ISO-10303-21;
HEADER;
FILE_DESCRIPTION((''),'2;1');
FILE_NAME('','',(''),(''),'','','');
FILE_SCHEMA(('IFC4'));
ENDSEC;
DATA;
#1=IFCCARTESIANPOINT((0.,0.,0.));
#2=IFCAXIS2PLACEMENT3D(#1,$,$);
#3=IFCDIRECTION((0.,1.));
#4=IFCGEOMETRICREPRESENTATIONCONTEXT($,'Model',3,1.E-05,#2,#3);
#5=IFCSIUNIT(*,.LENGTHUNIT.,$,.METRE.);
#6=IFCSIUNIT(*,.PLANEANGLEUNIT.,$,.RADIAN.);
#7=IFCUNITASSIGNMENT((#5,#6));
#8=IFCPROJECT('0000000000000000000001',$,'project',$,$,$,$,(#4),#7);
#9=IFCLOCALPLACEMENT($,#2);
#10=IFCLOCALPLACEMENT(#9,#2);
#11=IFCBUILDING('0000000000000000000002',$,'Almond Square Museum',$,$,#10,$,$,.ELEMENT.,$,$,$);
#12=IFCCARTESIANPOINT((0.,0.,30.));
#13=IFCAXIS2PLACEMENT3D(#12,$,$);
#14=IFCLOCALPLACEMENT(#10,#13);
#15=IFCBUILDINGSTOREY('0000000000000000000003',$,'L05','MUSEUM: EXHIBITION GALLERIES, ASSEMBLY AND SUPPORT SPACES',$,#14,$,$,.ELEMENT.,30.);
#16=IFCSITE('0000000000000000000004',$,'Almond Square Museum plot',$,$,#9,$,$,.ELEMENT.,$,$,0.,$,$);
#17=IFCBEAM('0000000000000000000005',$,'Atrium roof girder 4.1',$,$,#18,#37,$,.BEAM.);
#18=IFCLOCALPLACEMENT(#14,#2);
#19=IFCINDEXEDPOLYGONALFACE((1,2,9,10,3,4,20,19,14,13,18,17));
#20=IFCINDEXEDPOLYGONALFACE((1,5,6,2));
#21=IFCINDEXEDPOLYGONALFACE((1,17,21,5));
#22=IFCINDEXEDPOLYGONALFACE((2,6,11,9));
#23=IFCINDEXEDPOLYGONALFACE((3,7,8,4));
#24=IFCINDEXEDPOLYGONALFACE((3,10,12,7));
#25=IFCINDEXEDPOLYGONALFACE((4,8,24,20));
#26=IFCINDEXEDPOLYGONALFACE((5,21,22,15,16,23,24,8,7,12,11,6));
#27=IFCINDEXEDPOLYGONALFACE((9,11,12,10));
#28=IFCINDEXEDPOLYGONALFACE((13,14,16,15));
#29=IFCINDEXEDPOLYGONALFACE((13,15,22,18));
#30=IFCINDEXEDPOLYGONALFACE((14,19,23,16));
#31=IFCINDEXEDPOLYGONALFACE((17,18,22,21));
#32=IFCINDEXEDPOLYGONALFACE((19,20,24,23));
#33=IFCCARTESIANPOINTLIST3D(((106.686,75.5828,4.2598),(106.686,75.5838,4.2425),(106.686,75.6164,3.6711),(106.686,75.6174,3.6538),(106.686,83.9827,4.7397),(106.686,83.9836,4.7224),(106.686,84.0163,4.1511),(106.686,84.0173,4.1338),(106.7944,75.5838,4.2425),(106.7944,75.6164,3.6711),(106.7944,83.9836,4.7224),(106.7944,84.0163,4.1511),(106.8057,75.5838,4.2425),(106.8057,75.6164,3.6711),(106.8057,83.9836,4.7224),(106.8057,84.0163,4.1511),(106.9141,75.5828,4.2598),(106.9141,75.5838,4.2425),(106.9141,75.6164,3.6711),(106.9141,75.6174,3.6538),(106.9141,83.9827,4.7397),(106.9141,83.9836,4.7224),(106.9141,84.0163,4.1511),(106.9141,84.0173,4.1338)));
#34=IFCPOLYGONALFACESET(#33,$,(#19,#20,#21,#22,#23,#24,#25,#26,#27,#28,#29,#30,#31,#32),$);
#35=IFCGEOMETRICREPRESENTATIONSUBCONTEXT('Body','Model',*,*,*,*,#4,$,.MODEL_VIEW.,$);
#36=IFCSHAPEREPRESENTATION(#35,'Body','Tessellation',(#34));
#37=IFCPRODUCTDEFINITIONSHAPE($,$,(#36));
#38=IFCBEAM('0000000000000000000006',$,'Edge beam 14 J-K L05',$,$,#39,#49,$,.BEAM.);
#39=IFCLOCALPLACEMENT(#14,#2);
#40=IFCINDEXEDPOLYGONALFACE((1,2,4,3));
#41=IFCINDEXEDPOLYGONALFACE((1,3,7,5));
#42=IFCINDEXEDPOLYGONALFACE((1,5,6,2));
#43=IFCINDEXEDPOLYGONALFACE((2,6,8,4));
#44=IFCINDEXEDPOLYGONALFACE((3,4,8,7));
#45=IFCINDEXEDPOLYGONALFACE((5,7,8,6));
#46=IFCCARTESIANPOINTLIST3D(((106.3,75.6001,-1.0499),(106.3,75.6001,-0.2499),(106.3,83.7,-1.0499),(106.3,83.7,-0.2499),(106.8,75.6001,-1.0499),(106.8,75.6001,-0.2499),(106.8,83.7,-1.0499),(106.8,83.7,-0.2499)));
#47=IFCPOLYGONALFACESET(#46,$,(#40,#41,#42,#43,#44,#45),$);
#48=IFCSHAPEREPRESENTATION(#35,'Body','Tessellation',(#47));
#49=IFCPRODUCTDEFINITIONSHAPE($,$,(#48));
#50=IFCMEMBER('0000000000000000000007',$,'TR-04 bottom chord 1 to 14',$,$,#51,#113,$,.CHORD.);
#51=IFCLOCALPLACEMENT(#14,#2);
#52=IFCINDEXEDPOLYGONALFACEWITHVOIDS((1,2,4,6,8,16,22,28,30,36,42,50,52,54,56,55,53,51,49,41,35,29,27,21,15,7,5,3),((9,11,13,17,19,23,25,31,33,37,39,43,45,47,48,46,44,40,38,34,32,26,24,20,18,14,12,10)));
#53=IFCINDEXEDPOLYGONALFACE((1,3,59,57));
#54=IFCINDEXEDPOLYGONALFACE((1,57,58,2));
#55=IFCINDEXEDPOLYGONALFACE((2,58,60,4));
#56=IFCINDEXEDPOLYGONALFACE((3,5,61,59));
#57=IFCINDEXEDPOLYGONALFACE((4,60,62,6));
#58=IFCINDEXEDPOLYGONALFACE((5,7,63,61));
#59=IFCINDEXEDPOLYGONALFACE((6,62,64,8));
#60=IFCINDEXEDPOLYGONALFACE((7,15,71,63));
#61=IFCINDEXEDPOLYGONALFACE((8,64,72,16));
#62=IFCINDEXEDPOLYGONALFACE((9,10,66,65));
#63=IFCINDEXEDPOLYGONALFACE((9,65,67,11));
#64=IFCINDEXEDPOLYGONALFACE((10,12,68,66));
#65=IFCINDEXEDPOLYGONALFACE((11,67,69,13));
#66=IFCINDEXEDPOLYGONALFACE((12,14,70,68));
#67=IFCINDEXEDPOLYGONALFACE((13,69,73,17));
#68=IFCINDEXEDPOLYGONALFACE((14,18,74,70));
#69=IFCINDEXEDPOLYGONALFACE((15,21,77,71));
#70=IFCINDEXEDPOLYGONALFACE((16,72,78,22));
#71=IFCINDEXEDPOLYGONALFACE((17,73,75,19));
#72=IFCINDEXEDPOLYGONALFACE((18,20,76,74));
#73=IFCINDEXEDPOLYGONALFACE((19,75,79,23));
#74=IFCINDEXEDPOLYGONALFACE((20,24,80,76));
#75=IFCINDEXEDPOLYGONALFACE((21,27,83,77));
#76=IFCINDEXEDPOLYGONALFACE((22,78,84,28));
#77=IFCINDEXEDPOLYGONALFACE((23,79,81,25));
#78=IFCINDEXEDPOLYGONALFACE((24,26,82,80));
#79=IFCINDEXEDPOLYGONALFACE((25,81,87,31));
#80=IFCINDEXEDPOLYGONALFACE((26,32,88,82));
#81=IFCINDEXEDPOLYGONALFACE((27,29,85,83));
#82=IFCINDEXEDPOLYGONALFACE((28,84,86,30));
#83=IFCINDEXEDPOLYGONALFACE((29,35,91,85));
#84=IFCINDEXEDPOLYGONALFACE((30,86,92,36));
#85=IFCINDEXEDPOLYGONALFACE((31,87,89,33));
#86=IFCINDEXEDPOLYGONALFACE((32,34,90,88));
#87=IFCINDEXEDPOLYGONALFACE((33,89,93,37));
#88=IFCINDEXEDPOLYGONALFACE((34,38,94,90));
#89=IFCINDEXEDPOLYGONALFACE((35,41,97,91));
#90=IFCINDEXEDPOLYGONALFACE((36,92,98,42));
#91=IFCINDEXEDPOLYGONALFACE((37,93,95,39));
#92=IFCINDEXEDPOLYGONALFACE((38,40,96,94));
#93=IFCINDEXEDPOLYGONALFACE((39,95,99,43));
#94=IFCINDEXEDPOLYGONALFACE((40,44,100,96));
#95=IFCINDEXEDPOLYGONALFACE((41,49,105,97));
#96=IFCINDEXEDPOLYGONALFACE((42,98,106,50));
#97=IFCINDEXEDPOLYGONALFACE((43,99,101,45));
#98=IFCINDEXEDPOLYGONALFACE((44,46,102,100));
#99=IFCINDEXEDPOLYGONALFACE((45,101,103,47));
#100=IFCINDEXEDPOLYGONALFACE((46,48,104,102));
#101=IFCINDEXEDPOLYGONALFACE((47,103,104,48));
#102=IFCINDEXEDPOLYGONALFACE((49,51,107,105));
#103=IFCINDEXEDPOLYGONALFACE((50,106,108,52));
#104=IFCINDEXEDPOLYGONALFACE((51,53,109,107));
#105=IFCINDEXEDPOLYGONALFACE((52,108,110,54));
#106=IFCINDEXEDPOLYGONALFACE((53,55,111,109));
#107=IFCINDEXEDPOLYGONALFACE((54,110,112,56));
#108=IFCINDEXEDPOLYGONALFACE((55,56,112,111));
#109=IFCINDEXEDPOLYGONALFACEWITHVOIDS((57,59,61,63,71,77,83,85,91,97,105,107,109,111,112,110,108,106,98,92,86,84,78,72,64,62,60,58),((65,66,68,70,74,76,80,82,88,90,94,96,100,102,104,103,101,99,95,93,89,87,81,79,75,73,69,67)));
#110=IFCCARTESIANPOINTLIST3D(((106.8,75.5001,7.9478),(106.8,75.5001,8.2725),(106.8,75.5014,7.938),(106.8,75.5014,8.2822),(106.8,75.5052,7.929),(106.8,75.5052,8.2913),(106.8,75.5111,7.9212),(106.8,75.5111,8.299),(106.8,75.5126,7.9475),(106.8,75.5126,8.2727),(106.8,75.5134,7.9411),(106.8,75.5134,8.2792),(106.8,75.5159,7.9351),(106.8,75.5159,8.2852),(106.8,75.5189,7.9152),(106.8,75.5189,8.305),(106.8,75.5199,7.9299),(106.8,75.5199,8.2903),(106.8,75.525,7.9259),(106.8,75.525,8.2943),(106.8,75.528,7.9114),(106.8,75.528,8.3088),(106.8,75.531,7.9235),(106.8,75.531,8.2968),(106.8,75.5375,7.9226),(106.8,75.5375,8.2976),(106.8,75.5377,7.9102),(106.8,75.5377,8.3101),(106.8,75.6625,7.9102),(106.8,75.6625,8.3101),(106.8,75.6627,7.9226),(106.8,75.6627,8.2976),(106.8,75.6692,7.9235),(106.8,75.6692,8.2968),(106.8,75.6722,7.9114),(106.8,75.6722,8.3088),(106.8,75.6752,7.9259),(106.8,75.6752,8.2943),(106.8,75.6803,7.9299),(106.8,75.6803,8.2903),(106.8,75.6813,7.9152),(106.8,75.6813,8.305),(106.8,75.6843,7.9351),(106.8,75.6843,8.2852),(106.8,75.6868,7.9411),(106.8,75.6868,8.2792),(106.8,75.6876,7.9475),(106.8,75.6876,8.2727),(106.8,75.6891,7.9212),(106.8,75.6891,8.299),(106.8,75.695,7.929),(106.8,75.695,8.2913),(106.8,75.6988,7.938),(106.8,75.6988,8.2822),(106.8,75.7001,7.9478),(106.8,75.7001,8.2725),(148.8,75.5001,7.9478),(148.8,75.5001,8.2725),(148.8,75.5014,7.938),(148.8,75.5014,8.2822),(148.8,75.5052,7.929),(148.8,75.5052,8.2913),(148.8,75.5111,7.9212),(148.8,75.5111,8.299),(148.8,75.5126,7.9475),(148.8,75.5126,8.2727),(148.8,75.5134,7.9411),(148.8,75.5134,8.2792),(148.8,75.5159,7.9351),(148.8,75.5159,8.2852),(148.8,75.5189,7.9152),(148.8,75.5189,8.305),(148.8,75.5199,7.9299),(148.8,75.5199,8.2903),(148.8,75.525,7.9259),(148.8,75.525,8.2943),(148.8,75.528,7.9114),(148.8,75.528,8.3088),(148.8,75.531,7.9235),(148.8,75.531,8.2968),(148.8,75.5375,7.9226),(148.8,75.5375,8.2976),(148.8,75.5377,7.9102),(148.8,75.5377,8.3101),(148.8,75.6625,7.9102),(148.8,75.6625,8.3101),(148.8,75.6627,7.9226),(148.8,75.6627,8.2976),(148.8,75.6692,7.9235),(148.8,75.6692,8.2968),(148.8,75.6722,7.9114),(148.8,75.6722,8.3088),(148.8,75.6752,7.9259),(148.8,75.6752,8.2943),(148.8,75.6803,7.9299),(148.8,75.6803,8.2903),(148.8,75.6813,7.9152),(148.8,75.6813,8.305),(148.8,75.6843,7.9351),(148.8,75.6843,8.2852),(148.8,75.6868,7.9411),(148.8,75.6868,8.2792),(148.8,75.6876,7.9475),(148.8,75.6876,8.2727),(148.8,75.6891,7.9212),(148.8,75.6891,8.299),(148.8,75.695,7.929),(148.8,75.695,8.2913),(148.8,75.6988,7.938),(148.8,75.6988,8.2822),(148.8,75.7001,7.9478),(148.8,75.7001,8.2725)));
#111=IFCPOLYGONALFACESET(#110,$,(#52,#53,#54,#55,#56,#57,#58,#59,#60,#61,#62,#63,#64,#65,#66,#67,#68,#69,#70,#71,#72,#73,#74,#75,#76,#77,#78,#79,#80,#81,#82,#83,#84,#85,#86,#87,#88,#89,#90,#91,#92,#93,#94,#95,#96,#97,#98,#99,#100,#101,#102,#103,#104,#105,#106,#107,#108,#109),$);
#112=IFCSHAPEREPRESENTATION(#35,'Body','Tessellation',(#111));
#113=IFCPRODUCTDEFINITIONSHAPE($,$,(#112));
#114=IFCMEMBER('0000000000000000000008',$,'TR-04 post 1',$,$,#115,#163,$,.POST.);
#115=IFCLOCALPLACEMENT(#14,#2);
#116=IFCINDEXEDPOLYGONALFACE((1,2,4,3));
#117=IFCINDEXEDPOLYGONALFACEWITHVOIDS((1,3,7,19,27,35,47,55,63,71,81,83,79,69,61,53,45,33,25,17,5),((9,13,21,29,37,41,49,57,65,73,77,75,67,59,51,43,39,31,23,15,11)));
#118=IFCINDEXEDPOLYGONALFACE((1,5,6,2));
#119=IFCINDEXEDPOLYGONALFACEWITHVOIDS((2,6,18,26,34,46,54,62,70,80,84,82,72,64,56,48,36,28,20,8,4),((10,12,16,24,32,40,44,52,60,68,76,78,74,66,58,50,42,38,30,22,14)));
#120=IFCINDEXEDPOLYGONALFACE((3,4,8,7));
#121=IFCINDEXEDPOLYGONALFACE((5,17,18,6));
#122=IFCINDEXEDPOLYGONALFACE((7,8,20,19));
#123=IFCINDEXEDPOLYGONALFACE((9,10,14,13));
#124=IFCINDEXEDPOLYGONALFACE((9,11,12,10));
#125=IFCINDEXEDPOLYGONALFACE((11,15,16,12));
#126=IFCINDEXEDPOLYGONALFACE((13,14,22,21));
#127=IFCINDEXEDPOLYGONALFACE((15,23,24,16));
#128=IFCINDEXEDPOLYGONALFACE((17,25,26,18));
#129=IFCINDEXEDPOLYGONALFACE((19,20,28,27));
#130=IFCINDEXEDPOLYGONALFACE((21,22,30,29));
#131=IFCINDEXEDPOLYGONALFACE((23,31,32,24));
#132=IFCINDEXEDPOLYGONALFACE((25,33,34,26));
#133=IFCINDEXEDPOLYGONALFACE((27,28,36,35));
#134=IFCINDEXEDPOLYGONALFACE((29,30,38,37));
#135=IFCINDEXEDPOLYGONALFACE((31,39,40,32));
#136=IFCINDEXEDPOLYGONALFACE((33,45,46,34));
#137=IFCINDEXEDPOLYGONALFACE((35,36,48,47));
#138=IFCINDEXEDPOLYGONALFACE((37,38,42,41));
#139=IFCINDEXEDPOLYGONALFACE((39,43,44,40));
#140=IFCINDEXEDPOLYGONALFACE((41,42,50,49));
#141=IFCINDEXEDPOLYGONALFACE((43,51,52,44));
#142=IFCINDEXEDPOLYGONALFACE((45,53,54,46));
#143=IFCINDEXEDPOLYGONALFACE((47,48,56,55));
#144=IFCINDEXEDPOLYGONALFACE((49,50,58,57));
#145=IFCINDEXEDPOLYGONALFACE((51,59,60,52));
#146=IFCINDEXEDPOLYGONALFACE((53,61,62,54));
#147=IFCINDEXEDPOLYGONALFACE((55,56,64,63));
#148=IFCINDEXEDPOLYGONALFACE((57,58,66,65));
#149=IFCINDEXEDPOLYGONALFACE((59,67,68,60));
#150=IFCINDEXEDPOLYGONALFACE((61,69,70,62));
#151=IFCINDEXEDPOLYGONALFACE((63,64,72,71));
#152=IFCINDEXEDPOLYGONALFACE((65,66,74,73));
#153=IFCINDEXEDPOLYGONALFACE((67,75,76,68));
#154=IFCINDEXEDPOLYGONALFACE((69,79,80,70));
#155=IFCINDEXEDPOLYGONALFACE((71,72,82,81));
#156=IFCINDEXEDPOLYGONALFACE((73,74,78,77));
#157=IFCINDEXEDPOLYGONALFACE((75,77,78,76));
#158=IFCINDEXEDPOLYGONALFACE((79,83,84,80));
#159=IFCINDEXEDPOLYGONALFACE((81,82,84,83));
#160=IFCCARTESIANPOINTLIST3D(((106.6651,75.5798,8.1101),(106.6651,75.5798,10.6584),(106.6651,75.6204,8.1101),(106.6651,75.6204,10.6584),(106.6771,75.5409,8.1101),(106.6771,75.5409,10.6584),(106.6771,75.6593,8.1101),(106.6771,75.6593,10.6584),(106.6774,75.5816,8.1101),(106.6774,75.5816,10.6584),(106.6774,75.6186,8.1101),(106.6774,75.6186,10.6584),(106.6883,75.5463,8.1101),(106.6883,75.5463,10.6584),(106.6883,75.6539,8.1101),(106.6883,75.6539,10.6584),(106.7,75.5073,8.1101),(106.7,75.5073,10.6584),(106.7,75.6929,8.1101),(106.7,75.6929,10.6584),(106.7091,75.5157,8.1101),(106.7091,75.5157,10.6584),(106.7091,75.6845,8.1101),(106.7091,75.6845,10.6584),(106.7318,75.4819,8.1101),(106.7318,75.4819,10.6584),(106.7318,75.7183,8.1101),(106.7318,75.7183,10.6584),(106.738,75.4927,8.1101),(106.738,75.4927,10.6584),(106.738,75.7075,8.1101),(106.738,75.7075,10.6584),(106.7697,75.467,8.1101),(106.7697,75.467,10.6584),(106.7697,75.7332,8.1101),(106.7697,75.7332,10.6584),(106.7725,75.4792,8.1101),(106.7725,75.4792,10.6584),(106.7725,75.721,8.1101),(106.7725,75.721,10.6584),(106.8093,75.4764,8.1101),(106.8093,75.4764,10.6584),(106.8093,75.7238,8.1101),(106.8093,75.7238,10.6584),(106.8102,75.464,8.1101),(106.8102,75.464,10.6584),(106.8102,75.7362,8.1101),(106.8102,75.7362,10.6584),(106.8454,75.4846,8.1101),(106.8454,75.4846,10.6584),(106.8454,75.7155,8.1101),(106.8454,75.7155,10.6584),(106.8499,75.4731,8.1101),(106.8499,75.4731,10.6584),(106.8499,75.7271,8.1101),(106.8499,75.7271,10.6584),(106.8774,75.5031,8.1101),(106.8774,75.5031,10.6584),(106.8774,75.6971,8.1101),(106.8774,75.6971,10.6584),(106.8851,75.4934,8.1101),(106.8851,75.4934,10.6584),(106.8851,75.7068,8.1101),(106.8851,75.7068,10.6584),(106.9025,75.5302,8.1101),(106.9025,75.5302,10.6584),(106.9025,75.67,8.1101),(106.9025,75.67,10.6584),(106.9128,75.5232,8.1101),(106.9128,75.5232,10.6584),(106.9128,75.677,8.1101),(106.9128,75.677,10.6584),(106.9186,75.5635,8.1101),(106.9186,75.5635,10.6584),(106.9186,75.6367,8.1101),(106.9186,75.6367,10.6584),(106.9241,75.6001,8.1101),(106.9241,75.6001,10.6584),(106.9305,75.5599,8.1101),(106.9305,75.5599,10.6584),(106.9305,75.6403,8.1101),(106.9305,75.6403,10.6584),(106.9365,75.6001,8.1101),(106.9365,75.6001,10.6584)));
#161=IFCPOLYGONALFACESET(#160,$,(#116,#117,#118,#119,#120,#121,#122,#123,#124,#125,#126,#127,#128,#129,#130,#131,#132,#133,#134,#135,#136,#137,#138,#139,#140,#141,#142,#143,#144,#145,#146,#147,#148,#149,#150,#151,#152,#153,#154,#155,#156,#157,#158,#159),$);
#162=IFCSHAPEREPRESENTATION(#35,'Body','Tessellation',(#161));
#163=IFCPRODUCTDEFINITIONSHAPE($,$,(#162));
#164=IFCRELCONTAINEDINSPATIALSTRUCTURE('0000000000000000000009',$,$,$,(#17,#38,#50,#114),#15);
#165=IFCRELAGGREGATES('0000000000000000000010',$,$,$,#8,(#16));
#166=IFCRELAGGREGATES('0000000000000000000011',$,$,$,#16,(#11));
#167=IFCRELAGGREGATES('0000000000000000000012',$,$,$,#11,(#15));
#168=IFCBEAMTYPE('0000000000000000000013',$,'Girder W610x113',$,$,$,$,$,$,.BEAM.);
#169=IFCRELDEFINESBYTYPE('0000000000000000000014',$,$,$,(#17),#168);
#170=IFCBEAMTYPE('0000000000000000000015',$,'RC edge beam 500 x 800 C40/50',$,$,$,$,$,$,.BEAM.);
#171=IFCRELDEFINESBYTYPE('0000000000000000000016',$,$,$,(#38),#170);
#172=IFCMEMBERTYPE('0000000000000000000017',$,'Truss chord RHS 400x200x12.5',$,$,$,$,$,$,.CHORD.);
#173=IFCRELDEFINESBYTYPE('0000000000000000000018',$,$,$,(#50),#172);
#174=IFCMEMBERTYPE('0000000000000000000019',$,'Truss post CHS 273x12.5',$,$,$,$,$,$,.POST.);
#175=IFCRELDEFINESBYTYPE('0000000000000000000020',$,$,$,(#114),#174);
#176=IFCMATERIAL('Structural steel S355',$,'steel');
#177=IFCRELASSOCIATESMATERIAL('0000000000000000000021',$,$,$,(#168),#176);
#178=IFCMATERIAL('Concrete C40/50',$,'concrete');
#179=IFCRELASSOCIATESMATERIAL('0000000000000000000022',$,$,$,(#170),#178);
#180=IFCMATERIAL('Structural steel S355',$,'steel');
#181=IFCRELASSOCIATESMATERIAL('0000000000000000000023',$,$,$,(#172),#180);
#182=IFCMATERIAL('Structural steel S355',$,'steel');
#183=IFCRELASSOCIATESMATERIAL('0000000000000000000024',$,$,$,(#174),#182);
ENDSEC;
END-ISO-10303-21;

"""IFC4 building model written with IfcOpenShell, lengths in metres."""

from ifc_helpers import new_model, si_unit, direction, frame, origin, origin_2d, place, context, subcontext, project, spatial, rectangle, hollow_rectangle, hollow_circle, i_section, extrude, material, material_profile, profile_set, type_object, element, save


model = new_model("IFC4")

# Units and contexts
model_context = context("Model", 3, precision=1e-05, world=origin(), true_north=direction((0.0, 1.0)))
body_context = subcontext(model_context, "Body", "Model", "MODEL_VIEW")
ifc_project = project(units=[si_unit("LENGTHUNIT", "METRE"), si_unit("PLANEANGLEUNIT", "RADIAN")], contexts=[model_context])

# Site, building, storey
site_placement = place(None, origin())
site = spatial("IfcSite", under=ifc_project, at=site_placement, Name="Almond Square Museum plot", CompositionType="ELEMENT", RefElevation=0.0)
building_placement = place(site_placement, origin())
building = spatial("IfcBuilding", under=site, at=building_placement, Name="Almond Square Museum", CompositionType="ELEMENT")
storey_placement = place(building_placement, frame((0.0, 0.0, 30.0)))
storey = spatial("IfcBuildingStorey", under=building, at=storey_placement, Name="L05", Description="MUSEUM: EXHIBITION GALLERIES, ASSEMBLY AND SUPPORT SPACES", CompositionType="ELEMENT", Elevation=30.0)

# Beams
ifc_material_1 = material(Name="Structural steel S355", Category="steel")
ifc_material_profile_1 = material_profile(ifc_material_1, i_section(OverallWidth=0.228, OverallDepth=0.6069, WebThickness=0.0112, FlangeThickness=0.0173, at=origin_2d()))
ifc_profile_set_1 = profile_set([ifc_material_profile_1], Name="Structural steel S355")
beam_type_1 = type_object("IfcBeamType", Name="Girder W610x113", PredefinedType="BEAM", material=ifc_profile_set_1)
beam_1_placement = place(storey_placement, frame((106.8, 75.6001, 3.9568), z_axis=(0.0, 0.998371, 0.057048), x_axis=(-1.0, 0.0, 0.0)))
element("IfcBeam", 1, at=beam_1_placement, inside=storey, type_object=beam_type_1, Name="Atrium roof girder 4.1", PredefinedType="BEAM", context=body_context, shape_type="SweptSolid", body=[
    extrude(i_section(OverallWidth=0.228, OverallDepth=0.6069, WebThickness=0.0112, FlangeThickness=0.0173, at=origin_2d()), origin(), (0.0, 0.0, 1.0), 8.4136),
])
ifc_material_2 = material(Name="Concrete C40/50", Category="concrete")
ifc_material_profile_2 = material_profile(ifc_material_2, rectangle(XDim=0.5, YDim=0.8, at=origin_2d()))
ifc_profile_set_2 = profile_set([ifc_material_profile_2], Name="Concrete C40/50")
beam_type_2 = type_object("IfcBeamType", Name="RC edge beam 500 x 800 C40/50", PredefinedType="BEAM", material=ifc_profile_set_2)
beam_2_placement = place(storey_placement, frame((106.55, 75.6001, -0.6499), z_axis=(0.0, 1.0, 0.0), x_axis=(-1.0, 0.0, 0.0)))
element("IfcBeam", 2, at=beam_2_placement, inside=storey, type_object=beam_type_2, Name="Edge beam 14 J-K L05", PredefinedType="BEAM", context=body_context, shape_type="SweptSolid", body=[
    extrude(rectangle(XDim=0.5, YDim=0.8, at=origin_2d()), origin(), (0.0, 0.0, 1.0), 8.0999),
])

# Members
ifc_material_3 = material(Name="Structural steel S355", Category="steel")
ifc_material_profile_3 = material_profile(ifc_material_3, hollow_rectangle(XDim=0.2, YDim=0.3999, WallThickness=0.0125, InnerFilletRadius=0.0249, OuterFilletRadius=0.0376, at=origin_2d()))
ifc_profile_set_3 = profile_set([ifc_material_profile_3], Name="Structural steel S355")
member_type_1 = type_object("IfcMemberType", Name="Truss chord RHS 400x200x12.5", PredefinedType="CHORD", material=ifc_profile_set_3)
member_1_placement = place(storey_placement, frame((106.8, 75.6001, 8.1101), z_axis=(1.0, 0.0, 0.0), x_axis=(0.0, 1.0, 0.0)))
element("IfcMember", 3, at=member_1_placement, inside=storey, type_object=member_type_1, Name="TR-04 bottom chord 1 to 14", PredefinedType="CHORD", context=body_context, shape_type="SweptSolid", body=[
    extrude(hollow_rectangle(XDim=0.2, YDim=0.3999, WallThickness=0.0125, InnerFilletRadius=0.0249, OuterFilletRadius=0.0376, at=origin_2d()), origin(), (0.0, 0.0, 1.0), 42.0),
])
ifc_material_4 = material(Name="Structural steel S355", Category="steel")
ifc_material_profile_4 = material_profile(ifc_material_4, hollow_circle(Radius=0.1365, WallThickness=0.0125, at=origin_2d()))
ifc_profile_set_4 = profile_set([ifc_material_profile_4], Name="Structural steel S355")
member_type_2 = type_object("IfcMemberType", Name="Truss post CHS 273x12.5", PredefinedType="POST", material=ifc_profile_set_4)
member_2_placement = place(storey_placement, frame((106.8, 75.6001, 8.1101), z_axis=(0.0, 0.0, 1.0), x_axis=(1.0, 0.0, 0.0)))
element("IfcMember", 4, at=member_2_placement, inside=storey, type_object=member_type_2, Name="TR-04 post 1", PredefinedType="POST", context=body_context, shape_type="SweptSolid", body=[
    extrude(hollow_circle(Radius=0.1365, WallThickness=0.0125, at=origin_2d()), origin(), (0.0, 0.0, 1.0), 2.5483),
])

save(model, "model.ifc")
